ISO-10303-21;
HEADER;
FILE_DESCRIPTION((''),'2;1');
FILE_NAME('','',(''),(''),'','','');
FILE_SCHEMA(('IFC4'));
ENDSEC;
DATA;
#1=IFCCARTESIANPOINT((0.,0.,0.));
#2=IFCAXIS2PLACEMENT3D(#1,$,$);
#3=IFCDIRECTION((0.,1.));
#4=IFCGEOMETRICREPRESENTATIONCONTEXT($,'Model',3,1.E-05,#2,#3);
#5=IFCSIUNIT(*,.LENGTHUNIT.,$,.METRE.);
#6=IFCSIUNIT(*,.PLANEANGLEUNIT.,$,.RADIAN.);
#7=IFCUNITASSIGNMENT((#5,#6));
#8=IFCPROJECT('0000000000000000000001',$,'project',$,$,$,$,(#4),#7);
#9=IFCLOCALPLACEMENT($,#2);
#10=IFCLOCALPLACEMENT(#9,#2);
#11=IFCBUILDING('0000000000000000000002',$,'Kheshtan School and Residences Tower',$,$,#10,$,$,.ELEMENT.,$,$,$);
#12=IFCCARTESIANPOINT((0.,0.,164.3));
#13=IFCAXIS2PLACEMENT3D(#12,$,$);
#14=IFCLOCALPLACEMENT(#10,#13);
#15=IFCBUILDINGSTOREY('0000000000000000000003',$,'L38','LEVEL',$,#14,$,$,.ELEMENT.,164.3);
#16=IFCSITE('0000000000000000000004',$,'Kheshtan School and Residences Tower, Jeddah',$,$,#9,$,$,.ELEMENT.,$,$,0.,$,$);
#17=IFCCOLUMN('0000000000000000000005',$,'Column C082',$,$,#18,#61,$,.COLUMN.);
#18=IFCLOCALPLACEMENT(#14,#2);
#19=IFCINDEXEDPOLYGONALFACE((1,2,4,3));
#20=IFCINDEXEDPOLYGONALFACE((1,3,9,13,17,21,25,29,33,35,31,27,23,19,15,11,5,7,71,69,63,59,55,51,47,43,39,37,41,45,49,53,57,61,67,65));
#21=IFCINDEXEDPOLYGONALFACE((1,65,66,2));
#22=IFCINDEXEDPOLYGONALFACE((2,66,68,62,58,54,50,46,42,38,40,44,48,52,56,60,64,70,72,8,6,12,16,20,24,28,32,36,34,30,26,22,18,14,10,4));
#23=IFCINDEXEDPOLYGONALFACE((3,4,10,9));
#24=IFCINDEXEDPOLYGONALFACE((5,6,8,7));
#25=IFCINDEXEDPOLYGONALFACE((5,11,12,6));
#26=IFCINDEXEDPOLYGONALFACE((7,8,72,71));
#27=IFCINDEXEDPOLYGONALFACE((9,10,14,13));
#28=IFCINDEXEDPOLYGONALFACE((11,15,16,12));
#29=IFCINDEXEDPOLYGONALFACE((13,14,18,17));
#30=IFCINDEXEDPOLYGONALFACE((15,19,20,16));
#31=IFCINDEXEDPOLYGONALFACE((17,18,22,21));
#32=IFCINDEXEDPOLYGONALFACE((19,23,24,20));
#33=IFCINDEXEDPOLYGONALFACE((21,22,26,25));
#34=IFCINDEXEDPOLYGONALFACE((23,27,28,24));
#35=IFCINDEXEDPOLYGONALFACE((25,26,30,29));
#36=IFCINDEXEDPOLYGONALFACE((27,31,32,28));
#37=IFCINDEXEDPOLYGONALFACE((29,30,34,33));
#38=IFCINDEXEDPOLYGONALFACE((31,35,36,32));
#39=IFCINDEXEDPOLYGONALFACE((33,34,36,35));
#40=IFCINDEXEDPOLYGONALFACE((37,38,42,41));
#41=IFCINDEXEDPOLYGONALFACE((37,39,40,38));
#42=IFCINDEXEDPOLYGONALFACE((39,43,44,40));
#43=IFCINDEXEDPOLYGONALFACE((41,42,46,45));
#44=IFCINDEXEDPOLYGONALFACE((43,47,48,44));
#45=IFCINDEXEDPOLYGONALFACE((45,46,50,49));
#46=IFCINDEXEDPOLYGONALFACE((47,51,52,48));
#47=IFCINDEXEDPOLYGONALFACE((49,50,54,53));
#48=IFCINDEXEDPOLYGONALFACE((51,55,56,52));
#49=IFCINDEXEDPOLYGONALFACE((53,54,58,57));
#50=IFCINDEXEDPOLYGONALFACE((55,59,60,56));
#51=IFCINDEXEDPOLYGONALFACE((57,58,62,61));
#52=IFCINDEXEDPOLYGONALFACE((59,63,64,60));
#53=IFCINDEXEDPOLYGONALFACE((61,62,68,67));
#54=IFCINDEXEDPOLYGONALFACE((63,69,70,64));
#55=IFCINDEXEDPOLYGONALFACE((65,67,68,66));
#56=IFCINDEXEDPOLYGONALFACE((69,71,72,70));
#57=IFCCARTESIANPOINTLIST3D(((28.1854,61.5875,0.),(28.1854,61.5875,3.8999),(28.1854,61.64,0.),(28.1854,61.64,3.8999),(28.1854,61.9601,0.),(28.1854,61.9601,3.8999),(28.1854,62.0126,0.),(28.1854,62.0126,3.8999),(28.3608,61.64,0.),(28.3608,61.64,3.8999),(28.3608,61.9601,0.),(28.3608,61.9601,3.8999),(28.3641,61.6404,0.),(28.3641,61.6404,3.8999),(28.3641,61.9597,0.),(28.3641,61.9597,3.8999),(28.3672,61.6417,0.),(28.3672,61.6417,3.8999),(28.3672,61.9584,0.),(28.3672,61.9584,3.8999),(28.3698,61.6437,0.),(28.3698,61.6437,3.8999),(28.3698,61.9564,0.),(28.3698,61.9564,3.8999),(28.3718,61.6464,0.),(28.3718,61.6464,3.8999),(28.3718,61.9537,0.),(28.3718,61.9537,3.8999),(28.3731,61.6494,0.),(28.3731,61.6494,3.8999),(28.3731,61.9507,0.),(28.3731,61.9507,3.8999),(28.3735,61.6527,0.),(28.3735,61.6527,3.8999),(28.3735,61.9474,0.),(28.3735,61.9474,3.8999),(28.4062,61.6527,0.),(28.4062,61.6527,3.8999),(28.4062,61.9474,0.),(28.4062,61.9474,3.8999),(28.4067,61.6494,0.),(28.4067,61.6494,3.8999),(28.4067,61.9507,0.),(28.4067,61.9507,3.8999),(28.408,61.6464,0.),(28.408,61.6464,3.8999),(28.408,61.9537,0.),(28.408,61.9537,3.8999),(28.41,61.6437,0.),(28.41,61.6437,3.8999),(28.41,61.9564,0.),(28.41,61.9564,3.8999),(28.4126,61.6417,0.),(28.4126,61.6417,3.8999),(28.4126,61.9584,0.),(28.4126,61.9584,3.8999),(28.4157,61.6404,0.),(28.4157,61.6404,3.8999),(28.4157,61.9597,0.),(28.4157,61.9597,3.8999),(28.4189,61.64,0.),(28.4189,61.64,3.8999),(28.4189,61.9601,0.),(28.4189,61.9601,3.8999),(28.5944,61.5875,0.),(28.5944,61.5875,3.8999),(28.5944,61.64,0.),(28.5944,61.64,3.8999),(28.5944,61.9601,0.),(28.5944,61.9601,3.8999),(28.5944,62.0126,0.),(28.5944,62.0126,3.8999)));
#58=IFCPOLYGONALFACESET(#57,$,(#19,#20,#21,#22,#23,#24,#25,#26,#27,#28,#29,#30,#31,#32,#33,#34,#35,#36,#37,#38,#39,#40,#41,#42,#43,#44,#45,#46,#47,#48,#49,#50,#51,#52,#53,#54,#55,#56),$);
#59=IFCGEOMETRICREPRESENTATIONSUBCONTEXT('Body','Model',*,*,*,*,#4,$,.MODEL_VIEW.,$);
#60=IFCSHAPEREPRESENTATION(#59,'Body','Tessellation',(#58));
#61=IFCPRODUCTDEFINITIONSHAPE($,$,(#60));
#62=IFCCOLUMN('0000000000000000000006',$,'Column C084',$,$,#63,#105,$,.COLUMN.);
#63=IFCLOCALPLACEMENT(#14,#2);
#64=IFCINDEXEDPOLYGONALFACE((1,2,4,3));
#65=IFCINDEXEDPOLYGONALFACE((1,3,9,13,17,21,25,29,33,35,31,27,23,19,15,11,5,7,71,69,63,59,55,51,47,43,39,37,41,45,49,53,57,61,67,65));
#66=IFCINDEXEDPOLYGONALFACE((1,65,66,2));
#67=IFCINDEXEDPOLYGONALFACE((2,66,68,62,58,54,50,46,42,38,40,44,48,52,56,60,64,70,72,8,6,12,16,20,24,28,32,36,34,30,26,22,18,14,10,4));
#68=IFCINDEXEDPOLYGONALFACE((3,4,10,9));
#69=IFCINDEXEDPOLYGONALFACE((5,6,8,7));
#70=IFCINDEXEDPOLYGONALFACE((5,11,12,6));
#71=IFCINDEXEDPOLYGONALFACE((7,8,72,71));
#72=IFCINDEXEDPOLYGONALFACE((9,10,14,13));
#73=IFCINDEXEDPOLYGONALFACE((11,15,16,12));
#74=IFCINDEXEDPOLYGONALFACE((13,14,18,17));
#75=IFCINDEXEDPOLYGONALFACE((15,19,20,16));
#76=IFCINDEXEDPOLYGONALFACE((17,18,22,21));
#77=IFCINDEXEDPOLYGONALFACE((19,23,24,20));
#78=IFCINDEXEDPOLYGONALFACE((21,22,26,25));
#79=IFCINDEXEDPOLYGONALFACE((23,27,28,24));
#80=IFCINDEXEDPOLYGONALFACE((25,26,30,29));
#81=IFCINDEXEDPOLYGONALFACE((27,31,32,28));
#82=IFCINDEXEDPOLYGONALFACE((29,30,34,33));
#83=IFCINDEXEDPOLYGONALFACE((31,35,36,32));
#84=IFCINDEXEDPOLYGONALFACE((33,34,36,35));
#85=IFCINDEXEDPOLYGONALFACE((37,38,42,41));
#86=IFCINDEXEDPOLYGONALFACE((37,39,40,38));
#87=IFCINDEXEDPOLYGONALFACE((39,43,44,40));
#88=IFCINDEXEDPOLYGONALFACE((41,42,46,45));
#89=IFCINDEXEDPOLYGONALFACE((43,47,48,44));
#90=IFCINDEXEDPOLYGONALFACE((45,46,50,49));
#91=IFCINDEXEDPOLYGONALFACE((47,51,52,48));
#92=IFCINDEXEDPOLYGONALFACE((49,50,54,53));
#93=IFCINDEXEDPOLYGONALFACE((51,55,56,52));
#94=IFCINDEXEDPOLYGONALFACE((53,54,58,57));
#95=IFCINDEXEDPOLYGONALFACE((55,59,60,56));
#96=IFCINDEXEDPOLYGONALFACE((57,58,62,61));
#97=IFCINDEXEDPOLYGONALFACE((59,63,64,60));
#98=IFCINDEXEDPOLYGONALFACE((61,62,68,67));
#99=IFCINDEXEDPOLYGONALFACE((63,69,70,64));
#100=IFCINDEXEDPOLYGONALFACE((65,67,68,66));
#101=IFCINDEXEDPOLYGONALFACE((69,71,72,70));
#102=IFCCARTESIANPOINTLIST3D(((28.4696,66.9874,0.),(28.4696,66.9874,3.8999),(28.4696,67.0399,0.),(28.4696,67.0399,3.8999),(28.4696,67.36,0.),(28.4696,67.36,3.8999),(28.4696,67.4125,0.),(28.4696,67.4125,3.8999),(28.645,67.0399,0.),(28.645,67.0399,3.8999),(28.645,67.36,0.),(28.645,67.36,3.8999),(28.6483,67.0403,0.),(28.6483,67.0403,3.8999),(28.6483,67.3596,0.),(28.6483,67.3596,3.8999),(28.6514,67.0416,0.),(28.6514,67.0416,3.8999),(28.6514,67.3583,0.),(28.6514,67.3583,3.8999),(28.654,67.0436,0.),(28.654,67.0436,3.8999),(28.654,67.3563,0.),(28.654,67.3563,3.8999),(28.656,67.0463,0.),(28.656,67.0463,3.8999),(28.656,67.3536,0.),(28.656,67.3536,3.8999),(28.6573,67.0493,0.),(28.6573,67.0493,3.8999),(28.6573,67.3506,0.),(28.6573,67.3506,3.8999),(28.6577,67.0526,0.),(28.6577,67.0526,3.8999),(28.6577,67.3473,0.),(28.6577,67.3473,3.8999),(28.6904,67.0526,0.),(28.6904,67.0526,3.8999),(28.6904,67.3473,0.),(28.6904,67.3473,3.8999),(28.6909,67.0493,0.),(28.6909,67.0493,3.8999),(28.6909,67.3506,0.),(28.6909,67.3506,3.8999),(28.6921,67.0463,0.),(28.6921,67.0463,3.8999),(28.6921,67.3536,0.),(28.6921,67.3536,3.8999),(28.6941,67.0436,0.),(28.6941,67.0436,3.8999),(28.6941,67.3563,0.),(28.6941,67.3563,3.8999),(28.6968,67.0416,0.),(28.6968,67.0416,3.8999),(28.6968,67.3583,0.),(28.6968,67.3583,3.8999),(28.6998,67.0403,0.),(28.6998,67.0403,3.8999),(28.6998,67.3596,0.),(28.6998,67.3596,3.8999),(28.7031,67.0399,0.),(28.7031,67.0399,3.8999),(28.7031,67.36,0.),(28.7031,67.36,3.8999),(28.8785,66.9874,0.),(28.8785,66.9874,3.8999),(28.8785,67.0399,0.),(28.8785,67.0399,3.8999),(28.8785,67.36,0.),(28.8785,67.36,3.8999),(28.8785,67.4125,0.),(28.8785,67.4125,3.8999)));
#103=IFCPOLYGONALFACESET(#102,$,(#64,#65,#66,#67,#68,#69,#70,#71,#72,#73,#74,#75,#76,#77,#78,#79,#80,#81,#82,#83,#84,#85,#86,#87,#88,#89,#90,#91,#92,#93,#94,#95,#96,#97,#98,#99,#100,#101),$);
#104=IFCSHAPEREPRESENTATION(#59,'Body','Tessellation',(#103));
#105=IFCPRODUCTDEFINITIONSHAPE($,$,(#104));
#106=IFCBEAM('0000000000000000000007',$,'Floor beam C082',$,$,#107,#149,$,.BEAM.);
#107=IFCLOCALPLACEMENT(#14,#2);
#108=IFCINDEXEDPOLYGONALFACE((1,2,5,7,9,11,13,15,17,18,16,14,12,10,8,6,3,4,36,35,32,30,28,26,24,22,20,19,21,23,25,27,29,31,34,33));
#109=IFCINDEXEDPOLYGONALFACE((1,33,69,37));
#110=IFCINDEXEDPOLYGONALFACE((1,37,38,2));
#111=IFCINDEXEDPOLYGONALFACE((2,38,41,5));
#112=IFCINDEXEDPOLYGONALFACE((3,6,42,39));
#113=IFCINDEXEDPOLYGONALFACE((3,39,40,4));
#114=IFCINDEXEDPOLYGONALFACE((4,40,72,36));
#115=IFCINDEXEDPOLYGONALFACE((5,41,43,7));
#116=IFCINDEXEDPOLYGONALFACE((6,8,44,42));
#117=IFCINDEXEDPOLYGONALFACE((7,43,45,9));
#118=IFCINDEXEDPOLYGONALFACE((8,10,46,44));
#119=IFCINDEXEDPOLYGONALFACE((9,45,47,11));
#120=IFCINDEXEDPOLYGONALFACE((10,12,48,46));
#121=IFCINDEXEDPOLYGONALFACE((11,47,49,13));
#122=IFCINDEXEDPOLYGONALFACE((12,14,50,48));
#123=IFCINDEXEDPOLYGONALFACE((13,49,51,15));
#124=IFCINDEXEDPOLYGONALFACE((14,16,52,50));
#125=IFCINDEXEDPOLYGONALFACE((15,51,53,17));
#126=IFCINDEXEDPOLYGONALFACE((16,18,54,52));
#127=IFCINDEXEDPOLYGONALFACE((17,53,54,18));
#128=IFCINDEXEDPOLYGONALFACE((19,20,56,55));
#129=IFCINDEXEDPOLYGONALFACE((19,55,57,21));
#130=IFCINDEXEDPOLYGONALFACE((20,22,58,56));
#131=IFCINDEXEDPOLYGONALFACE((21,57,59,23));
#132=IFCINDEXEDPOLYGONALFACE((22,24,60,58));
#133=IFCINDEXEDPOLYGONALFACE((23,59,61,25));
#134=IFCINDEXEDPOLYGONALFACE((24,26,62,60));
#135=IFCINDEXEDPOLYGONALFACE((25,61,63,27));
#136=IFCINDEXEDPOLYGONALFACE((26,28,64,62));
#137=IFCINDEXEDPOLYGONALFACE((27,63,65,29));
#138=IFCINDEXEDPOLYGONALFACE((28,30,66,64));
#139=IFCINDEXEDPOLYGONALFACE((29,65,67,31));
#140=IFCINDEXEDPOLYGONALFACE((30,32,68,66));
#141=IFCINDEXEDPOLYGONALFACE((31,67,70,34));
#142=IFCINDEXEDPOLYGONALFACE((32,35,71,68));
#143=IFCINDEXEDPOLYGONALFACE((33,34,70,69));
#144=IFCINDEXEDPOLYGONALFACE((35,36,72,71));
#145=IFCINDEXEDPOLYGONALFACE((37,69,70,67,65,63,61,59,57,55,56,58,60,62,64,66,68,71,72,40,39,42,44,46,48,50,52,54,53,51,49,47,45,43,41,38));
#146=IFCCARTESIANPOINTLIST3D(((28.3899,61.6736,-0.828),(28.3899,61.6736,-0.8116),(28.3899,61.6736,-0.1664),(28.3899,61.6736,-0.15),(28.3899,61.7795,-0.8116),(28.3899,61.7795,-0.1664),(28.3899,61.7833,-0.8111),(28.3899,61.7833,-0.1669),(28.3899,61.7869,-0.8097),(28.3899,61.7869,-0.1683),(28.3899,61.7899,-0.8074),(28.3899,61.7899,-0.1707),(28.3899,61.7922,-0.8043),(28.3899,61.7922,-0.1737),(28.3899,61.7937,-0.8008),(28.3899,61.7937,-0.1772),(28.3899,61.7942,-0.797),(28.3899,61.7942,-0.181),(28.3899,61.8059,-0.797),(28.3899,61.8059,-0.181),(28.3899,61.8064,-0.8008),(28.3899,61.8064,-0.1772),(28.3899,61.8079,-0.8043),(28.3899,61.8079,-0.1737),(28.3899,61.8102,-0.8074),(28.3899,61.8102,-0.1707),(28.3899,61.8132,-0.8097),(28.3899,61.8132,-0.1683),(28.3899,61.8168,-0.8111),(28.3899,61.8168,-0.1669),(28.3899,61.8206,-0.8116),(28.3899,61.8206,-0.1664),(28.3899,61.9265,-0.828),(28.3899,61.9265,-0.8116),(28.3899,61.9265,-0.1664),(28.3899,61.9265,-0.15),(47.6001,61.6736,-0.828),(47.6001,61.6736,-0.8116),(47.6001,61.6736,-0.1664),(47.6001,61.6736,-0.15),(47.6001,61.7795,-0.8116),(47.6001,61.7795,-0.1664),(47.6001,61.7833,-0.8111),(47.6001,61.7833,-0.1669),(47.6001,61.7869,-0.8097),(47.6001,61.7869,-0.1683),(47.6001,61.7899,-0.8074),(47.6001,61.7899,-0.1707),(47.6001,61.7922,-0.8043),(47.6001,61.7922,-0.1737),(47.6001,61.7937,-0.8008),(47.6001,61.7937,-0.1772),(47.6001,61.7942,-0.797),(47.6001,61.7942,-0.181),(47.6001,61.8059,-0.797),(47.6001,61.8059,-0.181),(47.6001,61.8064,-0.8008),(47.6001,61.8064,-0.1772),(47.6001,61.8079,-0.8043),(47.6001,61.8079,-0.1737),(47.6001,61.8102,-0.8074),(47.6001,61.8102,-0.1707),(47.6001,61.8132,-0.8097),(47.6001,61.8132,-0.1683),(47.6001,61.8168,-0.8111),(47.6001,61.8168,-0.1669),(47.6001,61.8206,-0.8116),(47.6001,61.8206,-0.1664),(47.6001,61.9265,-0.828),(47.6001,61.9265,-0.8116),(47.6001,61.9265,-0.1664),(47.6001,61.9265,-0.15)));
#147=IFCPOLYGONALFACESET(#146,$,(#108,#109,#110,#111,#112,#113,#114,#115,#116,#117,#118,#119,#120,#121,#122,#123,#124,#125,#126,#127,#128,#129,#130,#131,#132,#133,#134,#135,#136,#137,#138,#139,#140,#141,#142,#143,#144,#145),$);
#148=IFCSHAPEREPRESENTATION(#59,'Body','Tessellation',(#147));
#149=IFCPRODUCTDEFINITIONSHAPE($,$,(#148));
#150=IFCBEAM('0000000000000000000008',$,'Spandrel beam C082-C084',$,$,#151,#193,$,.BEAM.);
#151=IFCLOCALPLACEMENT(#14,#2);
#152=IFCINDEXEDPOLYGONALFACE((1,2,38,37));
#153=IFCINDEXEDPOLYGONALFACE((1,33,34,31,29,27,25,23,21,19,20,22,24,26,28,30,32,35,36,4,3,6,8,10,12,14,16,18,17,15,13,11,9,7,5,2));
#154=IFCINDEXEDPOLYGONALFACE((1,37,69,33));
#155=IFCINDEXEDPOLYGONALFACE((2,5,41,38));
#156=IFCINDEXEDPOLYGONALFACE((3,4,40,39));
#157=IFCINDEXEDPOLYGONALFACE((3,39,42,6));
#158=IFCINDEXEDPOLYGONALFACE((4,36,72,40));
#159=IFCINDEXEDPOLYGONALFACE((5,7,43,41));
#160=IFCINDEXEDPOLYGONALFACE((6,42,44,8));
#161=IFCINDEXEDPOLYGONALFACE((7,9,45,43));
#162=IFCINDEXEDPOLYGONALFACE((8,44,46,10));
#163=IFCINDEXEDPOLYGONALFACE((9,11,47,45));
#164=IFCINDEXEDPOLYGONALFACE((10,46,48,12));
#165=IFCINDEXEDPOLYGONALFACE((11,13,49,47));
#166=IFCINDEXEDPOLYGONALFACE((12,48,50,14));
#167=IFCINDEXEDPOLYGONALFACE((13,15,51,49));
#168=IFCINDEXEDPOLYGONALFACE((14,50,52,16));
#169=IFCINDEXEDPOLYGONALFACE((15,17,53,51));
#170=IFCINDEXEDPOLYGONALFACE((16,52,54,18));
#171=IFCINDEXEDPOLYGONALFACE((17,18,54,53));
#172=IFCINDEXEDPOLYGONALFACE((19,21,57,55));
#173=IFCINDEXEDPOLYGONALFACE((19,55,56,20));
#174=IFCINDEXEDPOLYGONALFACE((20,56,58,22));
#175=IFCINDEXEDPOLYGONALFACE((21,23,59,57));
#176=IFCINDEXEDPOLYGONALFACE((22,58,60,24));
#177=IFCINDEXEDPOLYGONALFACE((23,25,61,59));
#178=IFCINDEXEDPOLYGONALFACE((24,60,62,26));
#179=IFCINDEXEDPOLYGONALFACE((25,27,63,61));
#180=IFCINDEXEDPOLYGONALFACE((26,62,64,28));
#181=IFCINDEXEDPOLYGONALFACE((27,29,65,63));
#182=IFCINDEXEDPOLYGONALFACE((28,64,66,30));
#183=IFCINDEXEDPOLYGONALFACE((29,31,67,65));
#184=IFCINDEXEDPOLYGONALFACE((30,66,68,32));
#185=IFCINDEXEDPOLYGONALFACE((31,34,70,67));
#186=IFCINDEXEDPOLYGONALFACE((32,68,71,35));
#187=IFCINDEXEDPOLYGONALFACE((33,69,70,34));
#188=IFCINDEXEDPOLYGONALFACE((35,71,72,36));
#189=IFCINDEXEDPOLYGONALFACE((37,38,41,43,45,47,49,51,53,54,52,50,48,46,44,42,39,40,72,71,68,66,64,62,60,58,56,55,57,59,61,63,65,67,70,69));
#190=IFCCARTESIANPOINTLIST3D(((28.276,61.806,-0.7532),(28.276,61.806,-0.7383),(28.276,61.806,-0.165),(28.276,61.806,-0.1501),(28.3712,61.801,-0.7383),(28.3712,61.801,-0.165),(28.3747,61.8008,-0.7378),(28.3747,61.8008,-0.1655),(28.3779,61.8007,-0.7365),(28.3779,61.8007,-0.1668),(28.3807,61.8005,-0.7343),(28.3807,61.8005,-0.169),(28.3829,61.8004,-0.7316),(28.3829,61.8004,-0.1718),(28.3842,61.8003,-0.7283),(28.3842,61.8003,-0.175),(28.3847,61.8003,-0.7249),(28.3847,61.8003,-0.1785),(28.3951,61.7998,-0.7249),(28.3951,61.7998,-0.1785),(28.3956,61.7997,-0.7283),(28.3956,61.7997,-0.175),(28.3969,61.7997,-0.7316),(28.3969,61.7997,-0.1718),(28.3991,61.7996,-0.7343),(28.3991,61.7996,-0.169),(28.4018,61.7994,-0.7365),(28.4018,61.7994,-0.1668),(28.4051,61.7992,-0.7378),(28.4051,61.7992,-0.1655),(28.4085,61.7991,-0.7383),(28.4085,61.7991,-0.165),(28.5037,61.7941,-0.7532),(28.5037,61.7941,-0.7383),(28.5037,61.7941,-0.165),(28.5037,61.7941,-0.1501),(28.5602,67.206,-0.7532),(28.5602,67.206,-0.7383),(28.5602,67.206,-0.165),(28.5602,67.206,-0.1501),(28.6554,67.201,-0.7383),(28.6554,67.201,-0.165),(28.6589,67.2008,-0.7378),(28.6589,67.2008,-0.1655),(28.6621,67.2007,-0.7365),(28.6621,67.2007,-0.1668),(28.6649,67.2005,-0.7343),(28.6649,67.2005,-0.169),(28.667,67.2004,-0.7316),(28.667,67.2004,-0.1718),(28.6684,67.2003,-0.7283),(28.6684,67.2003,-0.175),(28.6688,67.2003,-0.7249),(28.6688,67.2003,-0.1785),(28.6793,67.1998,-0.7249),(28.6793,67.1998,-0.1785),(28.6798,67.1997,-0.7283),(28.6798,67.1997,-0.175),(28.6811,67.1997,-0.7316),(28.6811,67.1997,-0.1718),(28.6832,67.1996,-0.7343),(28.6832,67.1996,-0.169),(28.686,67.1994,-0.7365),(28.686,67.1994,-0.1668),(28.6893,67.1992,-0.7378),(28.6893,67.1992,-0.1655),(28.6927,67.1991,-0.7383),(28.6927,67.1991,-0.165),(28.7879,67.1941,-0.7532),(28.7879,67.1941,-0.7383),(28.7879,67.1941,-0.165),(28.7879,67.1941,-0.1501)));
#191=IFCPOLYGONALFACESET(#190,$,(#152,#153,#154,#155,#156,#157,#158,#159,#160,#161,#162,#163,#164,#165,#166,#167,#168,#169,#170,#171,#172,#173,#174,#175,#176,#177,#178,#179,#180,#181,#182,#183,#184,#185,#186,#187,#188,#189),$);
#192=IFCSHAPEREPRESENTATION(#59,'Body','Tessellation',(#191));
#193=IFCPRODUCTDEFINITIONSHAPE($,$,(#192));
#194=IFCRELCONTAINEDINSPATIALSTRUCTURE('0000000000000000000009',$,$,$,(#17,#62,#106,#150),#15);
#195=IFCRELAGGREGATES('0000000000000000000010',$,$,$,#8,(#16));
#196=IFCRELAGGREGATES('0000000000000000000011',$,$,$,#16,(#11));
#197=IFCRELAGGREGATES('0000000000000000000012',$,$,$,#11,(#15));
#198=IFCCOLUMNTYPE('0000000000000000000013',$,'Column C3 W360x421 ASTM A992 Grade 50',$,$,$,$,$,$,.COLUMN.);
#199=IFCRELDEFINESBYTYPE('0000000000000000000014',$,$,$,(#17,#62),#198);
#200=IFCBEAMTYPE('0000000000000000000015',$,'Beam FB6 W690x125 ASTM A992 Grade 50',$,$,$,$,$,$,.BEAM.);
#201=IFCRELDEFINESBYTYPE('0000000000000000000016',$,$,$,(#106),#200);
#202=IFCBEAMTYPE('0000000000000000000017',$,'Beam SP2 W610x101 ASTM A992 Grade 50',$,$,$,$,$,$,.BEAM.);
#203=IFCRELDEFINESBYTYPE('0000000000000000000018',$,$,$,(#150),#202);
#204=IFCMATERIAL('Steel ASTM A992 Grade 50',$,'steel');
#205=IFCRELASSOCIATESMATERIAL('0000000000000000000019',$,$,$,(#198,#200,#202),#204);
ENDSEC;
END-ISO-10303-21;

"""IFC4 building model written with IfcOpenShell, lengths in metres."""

from ifc_helpers import new_model, si_unit, direction, frame, origin, origin_2d, place, context, subcontext, project, spatial, i_section, extrude, material, material_profile, profile_set, type_object, element, save


model = new_model("IFC4")

# Units and contexts
model_context = context("Model", 3, precision=1e-05, world=origin(), true_north=direction((0.0, 1.0)))
body_context = subcontext(model_context, "Body", "Model", "MODEL_VIEW")
ifc_project = project(units=[si_unit("LENGTHUNIT", "METRE"), si_unit("PLANEANGLEUNIT", "RADIAN")], contexts=[model_context])

# Site, building, storey
site_placement = place(None, origin())
site = spatial("IfcSite", under=ifc_project, at=site_placement, Name="Kheshtan School and Residences Tower, Jeddah", CompositionType="ELEMENT", RefElevation=0.0)
building_placement = place(site_placement, origin())
building = spatial("IfcBuilding", under=site, at=building_placement, Name="Kheshtan School and Residences Tower", CompositionType="ELEMENT")
storey_placement = place(building_placement, frame((0.0, 0.0, 164.3)))
storey = spatial("IfcBuildingStorey", under=building, at=storey_placement, Name="L38", Description="LEVEL", CompositionType="ELEMENT", Elevation=164.3)

# Columns
ifc_material_1 = material(Name="Steel ASTM A992 Grade 50", Category="steel")
ifc_material_profile_1 = material_profile(ifc_material_1, i_section(OverallWidth=0.4089, OverallDepth=0.425, WebThickness=0.0327, FlangeThickness=0.0525, FilletRadius=0.0127, at=origin_2d()), Name="W360x421")
ifc_profile_set_1 = profile_set([ifc_material_profile_1], Name="Steel ASTM A992 Grade 50")
column_type = type_object("IfcColumnType", Name="Column C3 W360x421 ASTM A992 Grade 50", PredefinedType="COLUMN", material=ifc_profile_set_1)
for number, where, z_axis, x_axis, name in (
    (1, (28.3899, 61.8, 0.0), (0.0, 0.0, 1.0), (1.0, 0.0, 0.0), "Column C082"),
    (2, (28.6741, 67.2, 0.0), (0.0, 0.0, 1.0), (1.0, 0.0, 0.0), "Column C084"),
):
    element("IfcColumn", number, at=place(storey_placement, frame(where, z_axis=z_axis, x_axis=x_axis)), inside=storey, type_object=column_type, Name=name, PredefinedType="COLUMN", context=body_context, shape_type="SweptSolid", body=[
        extrude(i_section(OverallWidth=0.4089, OverallDepth=0.425, WebThickness=0.0327, FlangeThickness=0.0525, FilletRadius=0.0127, at=origin_2d()), origin(), (0.0, 0.0, 1.0), 3.8999),
    ])

# Beams
ifc_material_profile_2 = material_profile(ifc_material_1, i_section(OverallWidth=0.2529, OverallDepth=0.678, WebThickness=0.0117, FlangeThickness=0.0164, FilletRadius=0.0146, at=origin_2d()), Name="W690x125")
ifc_profile_set_2 = profile_set([ifc_material_profile_2], Name="Steel ASTM A992 Grade 50")
beam_type_1 = type_object("IfcBeamType", Name="Beam FB6 W690x125 ASTM A992 Grade 50", PredefinedType="BEAM", material=ifc_profile_set_2)
beam_1_placement = place(storey_placement, frame((28.3899, 61.8, -0.489), z_axis=(1.0, 0.0, 0.0), x_axis=(0.0, 1.0, 0.0)))
element("IfcBeam", 3, at=beam_1_placement, inside=storey, type_object=beam_type_1, Name="Floor beam C082", PredefinedType="BEAM", context=body_context, shape_type="SweptSolid", body=[
    extrude(i_section(OverallWidth=0.2529, OverallDepth=0.678, WebThickness=0.0117, FlangeThickness=0.0164, FilletRadius=0.0146, at=origin_2d()), origin(), (0.0, 0.0, 1.0), 19.2102),
])
ifc_material_profile_3 = material_profile(ifc_material_1, i_section(OverallWidth=0.228, OverallDepth=0.603, WebThickness=0.0105, FlangeThickness=0.0149, FilletRadius=0.0134, at=origin_2d()), Name="W610x101")
ifc_profile_set_3 = profile_set([ifc_material_profile_3], Name="Steel ASTM A992 Grade 50")
beam_type_2 = type_object("IfcBeamType", Name="Beam SP2 W610x101 ASTM A992 Grade 50", PredefinedType="BEAM", material=ifc_profile_set_3)
beam_2_placement = place(storey_placement, frame((28.3899, 61.8, -0.4517), z_axis=(0.052554, 0.998618, 0.0), x_axis=(-0.998618, 0.052554, 0.0)))
element("IfcBeam", 4, at=beam_2_placement, inside=storey, type_object=beam_type_2, Name="Spandrel beam C082-C084", PredefinedType="BEAM", context=body_context, shape_type="SweptSolid", body=[
    extrude(i_section(OverallWidth=0.228, OverallDepth=0.603, WebThickness=0.0105, FlangeThickness=0.0149, FilletRadius=0.0134, at=origin_2d()), origin(), (0.0, 0.0, 1.0), 5.4075),
])

save(model, "model.ifc")
